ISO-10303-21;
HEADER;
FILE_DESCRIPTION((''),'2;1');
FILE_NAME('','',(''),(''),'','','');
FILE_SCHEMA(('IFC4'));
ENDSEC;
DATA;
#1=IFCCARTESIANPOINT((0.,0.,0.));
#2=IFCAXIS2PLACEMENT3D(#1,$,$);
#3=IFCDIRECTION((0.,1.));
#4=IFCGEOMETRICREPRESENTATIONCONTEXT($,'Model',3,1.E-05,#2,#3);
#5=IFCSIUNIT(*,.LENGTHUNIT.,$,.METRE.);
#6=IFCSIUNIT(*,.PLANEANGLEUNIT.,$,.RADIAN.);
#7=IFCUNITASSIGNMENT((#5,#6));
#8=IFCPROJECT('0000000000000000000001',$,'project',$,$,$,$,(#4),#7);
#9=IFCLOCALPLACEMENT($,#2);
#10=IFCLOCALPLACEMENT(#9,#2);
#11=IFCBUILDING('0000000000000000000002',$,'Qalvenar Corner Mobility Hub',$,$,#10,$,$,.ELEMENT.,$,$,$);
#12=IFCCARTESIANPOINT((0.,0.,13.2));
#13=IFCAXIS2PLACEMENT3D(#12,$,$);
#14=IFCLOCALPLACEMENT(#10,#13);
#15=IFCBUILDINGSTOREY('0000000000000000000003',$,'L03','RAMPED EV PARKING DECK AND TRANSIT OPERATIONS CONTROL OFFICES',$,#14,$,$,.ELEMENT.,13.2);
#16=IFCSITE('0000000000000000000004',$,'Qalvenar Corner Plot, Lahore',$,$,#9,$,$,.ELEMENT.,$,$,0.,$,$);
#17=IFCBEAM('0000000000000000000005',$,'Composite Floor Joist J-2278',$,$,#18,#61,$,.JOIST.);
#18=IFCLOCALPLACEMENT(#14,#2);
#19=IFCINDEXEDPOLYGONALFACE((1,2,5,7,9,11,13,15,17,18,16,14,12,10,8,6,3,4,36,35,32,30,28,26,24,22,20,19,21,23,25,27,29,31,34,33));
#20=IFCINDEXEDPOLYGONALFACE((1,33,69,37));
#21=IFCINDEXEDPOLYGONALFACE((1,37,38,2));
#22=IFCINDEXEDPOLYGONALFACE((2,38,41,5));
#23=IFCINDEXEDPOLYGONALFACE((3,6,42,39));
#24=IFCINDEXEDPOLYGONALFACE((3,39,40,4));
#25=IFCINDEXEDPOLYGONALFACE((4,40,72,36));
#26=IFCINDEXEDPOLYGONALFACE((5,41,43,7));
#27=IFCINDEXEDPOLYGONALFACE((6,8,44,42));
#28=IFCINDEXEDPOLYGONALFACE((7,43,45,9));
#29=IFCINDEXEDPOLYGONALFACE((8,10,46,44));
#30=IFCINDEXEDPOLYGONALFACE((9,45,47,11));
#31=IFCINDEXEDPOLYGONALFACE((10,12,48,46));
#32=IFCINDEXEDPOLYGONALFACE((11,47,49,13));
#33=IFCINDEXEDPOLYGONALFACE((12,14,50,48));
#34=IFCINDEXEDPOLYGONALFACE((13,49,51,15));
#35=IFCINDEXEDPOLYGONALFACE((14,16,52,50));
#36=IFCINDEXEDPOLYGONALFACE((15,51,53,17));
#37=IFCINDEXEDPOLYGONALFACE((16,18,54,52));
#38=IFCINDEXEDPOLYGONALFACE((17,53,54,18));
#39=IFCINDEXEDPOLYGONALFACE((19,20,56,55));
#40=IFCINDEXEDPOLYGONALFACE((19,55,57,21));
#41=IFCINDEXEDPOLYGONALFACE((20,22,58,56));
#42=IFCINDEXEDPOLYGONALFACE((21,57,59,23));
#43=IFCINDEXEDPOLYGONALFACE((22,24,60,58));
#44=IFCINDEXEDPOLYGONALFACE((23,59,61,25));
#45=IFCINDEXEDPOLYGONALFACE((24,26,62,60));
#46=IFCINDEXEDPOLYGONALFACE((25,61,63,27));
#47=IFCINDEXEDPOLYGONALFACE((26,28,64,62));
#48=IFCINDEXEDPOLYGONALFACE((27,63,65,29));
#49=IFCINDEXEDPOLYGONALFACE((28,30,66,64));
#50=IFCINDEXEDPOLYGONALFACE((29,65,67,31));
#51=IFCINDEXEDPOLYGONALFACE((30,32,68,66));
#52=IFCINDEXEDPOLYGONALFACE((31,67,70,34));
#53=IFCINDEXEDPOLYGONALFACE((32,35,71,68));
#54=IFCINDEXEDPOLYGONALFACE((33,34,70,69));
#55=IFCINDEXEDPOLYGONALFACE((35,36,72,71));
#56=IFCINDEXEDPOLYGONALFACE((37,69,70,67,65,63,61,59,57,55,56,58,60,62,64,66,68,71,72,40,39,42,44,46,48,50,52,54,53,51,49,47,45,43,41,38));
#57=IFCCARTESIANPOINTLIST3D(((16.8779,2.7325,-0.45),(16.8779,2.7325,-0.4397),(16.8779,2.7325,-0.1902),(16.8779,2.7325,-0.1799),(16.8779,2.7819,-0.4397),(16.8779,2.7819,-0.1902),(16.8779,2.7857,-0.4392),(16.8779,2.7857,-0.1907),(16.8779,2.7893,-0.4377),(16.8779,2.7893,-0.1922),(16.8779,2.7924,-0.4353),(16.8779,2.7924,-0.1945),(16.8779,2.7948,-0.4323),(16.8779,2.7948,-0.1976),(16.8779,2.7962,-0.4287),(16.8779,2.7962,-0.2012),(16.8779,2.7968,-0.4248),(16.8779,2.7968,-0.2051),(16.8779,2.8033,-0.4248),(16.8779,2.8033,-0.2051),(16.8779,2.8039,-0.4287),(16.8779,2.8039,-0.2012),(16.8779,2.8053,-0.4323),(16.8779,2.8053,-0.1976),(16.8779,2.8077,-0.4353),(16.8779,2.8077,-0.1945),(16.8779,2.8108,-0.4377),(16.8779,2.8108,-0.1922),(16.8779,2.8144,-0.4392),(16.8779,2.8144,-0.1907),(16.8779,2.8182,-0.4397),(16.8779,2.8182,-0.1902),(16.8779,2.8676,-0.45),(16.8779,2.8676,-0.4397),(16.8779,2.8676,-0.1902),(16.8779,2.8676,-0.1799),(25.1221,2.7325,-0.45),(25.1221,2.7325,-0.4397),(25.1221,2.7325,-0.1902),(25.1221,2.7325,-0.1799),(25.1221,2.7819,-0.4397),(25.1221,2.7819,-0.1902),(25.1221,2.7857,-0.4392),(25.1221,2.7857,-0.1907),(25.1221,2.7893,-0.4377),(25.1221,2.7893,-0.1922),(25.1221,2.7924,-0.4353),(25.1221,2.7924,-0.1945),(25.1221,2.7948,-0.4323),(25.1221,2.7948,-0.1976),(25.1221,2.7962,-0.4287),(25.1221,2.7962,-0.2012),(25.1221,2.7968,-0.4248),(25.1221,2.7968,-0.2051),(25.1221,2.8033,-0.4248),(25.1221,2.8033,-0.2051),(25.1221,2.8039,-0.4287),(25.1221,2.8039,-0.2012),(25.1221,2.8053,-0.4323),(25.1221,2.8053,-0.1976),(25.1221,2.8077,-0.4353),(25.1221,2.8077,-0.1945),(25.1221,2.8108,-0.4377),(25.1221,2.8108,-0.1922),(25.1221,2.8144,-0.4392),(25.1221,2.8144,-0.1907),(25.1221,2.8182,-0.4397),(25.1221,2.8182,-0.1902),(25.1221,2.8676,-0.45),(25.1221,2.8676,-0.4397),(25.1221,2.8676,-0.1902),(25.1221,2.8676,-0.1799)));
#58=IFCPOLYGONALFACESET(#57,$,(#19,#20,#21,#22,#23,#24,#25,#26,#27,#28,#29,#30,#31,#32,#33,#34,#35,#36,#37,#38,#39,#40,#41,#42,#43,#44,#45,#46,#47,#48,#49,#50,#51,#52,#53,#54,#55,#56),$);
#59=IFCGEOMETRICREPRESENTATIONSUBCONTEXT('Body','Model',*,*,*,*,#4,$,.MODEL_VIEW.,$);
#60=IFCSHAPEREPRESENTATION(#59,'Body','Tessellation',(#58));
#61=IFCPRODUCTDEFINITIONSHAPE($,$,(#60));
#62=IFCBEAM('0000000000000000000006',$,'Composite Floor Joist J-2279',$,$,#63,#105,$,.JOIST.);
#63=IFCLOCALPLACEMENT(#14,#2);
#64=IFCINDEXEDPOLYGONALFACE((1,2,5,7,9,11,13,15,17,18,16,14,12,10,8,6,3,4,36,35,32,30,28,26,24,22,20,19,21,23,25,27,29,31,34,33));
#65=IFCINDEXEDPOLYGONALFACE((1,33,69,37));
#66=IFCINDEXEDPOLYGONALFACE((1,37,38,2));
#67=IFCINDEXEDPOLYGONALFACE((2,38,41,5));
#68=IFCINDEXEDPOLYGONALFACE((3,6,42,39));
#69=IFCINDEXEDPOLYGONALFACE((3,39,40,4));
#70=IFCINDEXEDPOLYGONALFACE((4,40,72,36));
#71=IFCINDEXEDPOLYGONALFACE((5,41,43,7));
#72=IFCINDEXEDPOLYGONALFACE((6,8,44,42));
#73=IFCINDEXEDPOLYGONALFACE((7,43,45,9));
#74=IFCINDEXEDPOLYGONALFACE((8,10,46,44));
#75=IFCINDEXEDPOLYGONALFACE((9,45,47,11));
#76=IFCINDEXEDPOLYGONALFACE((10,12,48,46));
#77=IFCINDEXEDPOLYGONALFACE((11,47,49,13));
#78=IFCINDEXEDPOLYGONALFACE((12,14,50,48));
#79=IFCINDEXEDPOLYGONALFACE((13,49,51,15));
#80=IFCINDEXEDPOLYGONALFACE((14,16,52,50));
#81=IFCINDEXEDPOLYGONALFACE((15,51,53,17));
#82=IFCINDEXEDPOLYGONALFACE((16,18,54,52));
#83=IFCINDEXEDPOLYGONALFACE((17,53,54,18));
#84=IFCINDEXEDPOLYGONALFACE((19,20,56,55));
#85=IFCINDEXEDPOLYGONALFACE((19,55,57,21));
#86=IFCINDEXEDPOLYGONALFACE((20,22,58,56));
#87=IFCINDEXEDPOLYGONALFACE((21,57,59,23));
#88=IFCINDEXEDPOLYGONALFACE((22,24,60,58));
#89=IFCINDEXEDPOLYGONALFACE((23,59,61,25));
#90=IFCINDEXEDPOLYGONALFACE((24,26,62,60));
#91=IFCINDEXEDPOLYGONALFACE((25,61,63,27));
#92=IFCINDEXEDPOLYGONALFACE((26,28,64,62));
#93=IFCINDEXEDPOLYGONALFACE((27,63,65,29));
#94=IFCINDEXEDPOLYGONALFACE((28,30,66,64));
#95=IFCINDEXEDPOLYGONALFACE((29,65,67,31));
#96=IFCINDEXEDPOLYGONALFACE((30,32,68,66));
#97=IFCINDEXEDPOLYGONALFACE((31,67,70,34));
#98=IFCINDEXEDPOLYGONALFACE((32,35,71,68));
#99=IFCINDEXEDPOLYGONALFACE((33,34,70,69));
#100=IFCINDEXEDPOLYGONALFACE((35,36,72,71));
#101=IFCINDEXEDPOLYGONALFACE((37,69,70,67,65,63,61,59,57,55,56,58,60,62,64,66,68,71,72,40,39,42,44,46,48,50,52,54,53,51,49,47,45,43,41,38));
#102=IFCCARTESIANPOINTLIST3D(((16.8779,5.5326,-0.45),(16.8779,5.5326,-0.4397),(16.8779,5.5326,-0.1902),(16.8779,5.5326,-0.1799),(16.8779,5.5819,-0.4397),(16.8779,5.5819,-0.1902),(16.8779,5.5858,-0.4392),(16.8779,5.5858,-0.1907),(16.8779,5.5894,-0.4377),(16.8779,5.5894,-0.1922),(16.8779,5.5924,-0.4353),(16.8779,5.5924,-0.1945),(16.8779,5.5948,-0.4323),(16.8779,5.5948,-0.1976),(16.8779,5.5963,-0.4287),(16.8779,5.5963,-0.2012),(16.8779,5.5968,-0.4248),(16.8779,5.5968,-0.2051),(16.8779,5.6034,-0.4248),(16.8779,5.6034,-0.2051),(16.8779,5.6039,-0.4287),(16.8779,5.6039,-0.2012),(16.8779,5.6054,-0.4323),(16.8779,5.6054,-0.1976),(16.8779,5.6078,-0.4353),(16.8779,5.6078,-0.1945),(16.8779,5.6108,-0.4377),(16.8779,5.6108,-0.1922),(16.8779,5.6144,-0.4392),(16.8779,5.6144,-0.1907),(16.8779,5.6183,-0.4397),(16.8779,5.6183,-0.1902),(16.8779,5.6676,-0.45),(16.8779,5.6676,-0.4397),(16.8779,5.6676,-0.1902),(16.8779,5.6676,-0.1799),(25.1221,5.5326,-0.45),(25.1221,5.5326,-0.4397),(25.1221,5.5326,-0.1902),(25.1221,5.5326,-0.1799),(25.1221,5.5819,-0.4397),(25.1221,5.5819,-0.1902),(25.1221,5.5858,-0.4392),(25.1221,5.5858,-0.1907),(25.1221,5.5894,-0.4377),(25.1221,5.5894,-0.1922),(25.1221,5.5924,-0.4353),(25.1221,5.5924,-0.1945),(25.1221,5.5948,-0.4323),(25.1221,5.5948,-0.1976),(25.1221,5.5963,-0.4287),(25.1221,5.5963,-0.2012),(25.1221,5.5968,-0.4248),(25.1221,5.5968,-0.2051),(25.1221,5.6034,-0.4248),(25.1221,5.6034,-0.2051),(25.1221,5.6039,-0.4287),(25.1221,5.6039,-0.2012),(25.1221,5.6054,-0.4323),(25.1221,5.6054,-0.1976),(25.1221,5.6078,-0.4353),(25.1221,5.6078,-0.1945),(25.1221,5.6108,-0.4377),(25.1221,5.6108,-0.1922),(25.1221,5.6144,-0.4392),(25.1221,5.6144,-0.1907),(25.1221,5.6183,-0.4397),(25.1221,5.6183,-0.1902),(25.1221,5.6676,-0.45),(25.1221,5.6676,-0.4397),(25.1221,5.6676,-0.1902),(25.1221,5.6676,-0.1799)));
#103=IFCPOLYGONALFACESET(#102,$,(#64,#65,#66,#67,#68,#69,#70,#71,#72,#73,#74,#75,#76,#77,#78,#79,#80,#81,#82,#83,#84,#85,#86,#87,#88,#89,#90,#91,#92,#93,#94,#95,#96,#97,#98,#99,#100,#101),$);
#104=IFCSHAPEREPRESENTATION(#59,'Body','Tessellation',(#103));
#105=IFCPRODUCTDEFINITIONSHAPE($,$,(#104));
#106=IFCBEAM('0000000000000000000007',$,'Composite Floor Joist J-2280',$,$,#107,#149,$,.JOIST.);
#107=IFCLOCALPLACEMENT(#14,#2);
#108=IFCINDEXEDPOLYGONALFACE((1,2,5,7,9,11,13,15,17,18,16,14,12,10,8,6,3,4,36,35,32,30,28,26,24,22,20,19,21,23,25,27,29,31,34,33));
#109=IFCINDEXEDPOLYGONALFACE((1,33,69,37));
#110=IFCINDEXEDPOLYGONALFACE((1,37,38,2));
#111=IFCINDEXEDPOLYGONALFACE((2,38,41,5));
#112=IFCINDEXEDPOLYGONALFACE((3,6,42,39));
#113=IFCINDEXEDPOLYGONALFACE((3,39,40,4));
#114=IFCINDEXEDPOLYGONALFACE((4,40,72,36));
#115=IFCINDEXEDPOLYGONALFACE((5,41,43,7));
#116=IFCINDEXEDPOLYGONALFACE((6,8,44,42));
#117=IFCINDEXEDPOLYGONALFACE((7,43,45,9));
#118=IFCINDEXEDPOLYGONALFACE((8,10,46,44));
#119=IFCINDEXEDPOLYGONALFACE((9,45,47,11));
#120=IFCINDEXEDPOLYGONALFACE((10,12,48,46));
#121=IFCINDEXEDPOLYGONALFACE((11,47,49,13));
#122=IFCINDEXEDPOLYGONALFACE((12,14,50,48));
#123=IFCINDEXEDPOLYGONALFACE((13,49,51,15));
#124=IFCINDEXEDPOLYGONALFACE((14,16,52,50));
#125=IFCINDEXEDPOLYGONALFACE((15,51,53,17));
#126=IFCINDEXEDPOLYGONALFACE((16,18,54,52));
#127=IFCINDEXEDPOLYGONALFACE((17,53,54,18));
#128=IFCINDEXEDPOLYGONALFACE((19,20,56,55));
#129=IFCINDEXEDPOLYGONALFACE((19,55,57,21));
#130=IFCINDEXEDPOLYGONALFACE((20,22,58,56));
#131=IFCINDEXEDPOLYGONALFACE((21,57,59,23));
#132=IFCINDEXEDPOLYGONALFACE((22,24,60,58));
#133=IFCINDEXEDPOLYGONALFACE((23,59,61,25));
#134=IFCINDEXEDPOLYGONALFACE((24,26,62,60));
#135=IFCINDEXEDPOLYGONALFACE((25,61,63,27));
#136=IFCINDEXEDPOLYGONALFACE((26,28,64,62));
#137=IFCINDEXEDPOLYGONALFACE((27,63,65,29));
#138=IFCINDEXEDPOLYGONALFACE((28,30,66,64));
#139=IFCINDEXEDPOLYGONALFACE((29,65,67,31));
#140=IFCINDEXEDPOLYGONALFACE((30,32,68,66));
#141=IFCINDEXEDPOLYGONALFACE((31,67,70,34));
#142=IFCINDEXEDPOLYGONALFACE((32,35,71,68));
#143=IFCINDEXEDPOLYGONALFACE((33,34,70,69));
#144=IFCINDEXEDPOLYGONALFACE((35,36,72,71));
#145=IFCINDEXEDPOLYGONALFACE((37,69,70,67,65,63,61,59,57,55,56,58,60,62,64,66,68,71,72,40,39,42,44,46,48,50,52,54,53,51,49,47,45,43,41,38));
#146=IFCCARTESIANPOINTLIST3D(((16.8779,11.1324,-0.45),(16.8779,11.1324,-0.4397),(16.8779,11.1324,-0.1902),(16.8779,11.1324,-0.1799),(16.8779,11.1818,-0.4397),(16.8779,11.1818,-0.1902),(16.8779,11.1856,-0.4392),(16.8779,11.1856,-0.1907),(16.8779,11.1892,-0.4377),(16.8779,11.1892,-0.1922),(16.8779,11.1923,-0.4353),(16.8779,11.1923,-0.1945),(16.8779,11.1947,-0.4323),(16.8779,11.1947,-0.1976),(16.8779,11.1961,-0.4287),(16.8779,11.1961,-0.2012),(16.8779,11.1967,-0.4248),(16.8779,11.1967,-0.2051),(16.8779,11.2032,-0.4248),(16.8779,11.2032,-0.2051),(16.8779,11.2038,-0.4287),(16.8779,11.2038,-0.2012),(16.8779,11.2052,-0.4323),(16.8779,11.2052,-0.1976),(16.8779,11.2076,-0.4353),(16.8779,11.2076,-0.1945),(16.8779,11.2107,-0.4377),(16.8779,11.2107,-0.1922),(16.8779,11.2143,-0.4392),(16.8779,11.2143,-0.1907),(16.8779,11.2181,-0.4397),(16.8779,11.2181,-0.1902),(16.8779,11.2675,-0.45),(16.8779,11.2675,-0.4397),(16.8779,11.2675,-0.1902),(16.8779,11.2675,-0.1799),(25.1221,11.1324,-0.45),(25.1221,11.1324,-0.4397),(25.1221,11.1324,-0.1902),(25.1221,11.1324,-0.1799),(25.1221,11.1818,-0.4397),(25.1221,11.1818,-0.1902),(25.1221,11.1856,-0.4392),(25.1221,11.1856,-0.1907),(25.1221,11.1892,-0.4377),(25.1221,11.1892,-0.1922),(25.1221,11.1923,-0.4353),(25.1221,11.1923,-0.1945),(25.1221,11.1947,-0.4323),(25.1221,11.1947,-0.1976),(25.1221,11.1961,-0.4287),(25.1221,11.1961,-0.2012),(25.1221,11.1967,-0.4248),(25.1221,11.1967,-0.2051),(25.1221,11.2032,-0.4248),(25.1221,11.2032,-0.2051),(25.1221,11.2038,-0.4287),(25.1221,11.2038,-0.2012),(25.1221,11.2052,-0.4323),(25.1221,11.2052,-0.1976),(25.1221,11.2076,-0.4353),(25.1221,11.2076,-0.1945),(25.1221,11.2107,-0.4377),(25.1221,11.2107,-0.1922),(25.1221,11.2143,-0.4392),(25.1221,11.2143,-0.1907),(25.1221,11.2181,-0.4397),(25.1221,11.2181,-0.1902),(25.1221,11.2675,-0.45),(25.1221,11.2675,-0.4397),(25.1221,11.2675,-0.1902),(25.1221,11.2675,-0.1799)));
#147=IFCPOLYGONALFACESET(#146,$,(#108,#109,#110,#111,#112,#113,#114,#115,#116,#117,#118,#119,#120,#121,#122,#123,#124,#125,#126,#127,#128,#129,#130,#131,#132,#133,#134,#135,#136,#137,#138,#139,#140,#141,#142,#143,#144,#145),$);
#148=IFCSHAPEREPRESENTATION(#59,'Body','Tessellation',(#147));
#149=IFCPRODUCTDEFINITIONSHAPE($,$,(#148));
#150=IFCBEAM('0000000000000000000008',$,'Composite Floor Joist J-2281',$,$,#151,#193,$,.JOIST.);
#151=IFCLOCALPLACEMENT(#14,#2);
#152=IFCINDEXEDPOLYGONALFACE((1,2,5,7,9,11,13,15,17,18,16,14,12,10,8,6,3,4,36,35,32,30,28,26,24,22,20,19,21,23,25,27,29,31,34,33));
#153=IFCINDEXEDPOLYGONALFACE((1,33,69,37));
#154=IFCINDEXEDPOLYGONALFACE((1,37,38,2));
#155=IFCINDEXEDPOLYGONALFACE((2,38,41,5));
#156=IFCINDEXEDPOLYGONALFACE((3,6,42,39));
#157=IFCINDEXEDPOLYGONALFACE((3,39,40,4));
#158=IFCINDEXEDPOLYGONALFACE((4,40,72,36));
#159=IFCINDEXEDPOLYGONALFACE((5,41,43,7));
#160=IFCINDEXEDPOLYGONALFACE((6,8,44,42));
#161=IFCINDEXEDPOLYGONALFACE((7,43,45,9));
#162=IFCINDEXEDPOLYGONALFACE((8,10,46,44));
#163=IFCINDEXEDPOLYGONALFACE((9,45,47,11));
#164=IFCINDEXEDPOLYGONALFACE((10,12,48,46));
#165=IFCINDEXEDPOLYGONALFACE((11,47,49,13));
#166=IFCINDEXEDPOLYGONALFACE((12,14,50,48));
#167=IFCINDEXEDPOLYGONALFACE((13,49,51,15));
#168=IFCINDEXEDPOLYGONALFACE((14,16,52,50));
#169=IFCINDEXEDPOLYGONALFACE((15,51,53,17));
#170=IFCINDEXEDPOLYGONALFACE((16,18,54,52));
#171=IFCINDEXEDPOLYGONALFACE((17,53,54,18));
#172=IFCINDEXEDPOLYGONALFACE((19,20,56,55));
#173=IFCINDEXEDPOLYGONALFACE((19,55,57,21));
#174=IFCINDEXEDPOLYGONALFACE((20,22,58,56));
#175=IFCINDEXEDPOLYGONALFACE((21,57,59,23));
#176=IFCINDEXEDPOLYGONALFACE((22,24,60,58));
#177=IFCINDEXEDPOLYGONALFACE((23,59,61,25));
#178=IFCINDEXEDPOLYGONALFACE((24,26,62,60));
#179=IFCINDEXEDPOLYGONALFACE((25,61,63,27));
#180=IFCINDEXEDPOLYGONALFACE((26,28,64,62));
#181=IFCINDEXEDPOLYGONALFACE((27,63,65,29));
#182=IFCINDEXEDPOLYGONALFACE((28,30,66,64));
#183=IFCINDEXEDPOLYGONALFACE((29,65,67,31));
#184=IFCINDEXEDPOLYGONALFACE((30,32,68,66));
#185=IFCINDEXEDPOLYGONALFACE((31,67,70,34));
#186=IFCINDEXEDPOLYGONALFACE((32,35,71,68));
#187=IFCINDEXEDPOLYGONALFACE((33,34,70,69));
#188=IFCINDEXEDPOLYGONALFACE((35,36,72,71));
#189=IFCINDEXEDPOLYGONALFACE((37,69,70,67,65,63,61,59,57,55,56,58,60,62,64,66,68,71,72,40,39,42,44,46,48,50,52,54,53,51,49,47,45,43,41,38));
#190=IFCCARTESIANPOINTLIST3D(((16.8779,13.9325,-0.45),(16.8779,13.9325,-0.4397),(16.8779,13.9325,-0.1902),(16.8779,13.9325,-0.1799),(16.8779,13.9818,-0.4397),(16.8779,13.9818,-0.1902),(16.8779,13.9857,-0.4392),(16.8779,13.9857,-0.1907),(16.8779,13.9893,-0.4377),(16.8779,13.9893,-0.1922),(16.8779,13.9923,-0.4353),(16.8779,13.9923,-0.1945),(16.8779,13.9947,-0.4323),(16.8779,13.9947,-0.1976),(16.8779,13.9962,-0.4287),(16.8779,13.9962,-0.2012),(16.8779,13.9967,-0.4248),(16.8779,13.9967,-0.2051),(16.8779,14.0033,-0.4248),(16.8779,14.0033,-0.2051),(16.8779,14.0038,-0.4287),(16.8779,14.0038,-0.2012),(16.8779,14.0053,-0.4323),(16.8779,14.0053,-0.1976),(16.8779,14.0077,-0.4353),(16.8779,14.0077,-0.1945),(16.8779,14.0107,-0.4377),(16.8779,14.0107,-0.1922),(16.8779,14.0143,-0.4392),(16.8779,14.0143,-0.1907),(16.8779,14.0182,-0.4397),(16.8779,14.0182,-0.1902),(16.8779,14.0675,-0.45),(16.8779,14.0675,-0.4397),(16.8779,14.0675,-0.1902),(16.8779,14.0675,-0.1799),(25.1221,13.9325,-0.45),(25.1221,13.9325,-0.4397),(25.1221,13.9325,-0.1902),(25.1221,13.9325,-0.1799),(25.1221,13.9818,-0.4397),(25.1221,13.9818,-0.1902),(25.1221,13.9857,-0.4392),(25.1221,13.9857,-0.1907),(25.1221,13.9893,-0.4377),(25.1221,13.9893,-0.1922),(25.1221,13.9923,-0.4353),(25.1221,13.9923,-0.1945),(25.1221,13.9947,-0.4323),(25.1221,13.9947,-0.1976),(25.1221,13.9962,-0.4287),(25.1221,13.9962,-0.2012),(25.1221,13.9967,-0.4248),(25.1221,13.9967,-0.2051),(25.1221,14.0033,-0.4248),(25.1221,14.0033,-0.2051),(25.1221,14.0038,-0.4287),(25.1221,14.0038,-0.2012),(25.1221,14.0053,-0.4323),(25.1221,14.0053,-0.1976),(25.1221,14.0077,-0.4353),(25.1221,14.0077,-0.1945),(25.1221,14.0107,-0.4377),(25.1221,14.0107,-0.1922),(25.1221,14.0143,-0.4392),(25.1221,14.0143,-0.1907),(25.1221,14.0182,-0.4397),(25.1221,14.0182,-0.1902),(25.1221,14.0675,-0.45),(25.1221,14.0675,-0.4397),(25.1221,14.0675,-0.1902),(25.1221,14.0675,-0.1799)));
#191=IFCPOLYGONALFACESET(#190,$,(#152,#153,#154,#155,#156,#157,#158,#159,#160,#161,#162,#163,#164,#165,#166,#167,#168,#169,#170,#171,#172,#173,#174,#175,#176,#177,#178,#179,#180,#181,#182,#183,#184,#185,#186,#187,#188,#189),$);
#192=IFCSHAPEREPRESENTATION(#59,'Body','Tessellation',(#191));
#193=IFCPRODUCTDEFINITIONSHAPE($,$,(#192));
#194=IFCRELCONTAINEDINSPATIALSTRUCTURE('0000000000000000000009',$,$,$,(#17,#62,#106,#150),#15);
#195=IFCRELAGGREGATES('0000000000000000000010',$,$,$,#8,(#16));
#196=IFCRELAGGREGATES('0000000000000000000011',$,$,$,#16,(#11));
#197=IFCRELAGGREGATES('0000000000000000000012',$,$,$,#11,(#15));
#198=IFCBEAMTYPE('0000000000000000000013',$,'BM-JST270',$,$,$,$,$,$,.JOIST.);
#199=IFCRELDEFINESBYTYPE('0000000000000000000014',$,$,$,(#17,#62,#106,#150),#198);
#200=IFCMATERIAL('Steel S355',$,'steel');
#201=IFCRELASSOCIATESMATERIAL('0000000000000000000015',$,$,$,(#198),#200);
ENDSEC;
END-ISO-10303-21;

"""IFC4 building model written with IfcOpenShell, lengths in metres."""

from ifc_helpers import new_model, si_unit, direction, frame, origin, origin_2d, place, context, subcontext, project, spatial, i_section, extrude, material, material_profile, profile_set, type_object, element, save


model = new_model("IFC4")

# Units and contexts
model_context = context("Model", 3, precision=1e-05, world=origin(), true_north=direction((0.0, 1.0)))
body_context = subcontext(model_context, "Body", "Model", "MODEL_VIEW")
ifc_project = project(units=[si_unit("LENGTHUNIT", "METRE"), si_unit("PLANEANGLEUNIT", "RADIAN")], contexts=[model_context])

# Site, building, storey
site_placement = place(None, origin())
site = spatial("IfcSite", under=ifc_project, at=site_placement, Name="Qalvenar Corner Plot, Lahore", CompositionType="ELEMENT", RefElevation=0.0)
building_placement = place(site_placement, origin())
building = spatial("IfcBuilding", under=site, at=building_placement, Name="Qalvenar Corner Mobility Hub", CompositionType="ELEMENT")
storey_placement = place(building_placement, frame((0.0, 0.0, 13.2)))
storey = spatial("IfcBuildingStorey", under=building, at=storey_placement, Name="L03", Description="RAMPED EV PARKING DECK AND TRANSIT OPERATIONS CONTROL OFFICES", CompositionType="ELEMENT", Elevation=13.2)

# Shared definitions
ifc_material_1 = material(Name="Steel S355", Category="steel")

# Beams
ifc_material_profile_1 = material_profile(ifc_material_1, i_section(OverallWidth=0.135, OverallDepth=0.27, WebThickness=0.0066, FlangeThickness=0.0103, FilletRadius=0.0149, at=origin_2d()), Name="IPE270")
ifc_profile_set_1 = profile_set([ifc_material_profile_1], Name="Steel S355")
beam_type_1 = type_object("IfcBeamType", Name="BM-JST270", PredefinedType="JOIST", material=ifc_profile_set_1)
for number, where, z_axis, x_axis, name in (
    (1, (16.8779, 2.8, -0.3149), (1.0, 0.0, 0.0), (0.0, 1.0, 0.0), "Composite Floor Joist J-2278"),
    (2, (16.8779, 5.6001, -0.3149), (1.0, 0.0, 0.0), (0.0, 1.0, 0.0), "Composite Floor Joist J-2279"),
    (3, (16.8779, 11.2, -0.3149), (1.0, 0.0, 0.0), (0.0, 1.0, 0.0), "Composite Floor Joist J-2280"),
    (4, (16.8779, 14.0, -0.3149), (1.0, 0.0, 0.0), (0.0, 1.0, 0.0), "Composite Floor Joist J-2281"),
):
    element("IfcBeam", number, at=place(storey_placement, frame(where, z_axis=z_axis, x_axis=x_axis)), inside=storey, type_object=beam_type_1, Name=name, PredefinedType="JOIST", context=body_context, shape_type="SweptSolid", body=[
        extrude(i_section(OverallWidth=0.135, OverallDepth=0.27, WebThickness=0.0066, FlangeThickness=0.0103, FilletRadius=0.0149, at=origin_2d()), origin(), (0.0, 0.0, 1.0), 8.2441),
    ])

save(model, "model.ifc")
